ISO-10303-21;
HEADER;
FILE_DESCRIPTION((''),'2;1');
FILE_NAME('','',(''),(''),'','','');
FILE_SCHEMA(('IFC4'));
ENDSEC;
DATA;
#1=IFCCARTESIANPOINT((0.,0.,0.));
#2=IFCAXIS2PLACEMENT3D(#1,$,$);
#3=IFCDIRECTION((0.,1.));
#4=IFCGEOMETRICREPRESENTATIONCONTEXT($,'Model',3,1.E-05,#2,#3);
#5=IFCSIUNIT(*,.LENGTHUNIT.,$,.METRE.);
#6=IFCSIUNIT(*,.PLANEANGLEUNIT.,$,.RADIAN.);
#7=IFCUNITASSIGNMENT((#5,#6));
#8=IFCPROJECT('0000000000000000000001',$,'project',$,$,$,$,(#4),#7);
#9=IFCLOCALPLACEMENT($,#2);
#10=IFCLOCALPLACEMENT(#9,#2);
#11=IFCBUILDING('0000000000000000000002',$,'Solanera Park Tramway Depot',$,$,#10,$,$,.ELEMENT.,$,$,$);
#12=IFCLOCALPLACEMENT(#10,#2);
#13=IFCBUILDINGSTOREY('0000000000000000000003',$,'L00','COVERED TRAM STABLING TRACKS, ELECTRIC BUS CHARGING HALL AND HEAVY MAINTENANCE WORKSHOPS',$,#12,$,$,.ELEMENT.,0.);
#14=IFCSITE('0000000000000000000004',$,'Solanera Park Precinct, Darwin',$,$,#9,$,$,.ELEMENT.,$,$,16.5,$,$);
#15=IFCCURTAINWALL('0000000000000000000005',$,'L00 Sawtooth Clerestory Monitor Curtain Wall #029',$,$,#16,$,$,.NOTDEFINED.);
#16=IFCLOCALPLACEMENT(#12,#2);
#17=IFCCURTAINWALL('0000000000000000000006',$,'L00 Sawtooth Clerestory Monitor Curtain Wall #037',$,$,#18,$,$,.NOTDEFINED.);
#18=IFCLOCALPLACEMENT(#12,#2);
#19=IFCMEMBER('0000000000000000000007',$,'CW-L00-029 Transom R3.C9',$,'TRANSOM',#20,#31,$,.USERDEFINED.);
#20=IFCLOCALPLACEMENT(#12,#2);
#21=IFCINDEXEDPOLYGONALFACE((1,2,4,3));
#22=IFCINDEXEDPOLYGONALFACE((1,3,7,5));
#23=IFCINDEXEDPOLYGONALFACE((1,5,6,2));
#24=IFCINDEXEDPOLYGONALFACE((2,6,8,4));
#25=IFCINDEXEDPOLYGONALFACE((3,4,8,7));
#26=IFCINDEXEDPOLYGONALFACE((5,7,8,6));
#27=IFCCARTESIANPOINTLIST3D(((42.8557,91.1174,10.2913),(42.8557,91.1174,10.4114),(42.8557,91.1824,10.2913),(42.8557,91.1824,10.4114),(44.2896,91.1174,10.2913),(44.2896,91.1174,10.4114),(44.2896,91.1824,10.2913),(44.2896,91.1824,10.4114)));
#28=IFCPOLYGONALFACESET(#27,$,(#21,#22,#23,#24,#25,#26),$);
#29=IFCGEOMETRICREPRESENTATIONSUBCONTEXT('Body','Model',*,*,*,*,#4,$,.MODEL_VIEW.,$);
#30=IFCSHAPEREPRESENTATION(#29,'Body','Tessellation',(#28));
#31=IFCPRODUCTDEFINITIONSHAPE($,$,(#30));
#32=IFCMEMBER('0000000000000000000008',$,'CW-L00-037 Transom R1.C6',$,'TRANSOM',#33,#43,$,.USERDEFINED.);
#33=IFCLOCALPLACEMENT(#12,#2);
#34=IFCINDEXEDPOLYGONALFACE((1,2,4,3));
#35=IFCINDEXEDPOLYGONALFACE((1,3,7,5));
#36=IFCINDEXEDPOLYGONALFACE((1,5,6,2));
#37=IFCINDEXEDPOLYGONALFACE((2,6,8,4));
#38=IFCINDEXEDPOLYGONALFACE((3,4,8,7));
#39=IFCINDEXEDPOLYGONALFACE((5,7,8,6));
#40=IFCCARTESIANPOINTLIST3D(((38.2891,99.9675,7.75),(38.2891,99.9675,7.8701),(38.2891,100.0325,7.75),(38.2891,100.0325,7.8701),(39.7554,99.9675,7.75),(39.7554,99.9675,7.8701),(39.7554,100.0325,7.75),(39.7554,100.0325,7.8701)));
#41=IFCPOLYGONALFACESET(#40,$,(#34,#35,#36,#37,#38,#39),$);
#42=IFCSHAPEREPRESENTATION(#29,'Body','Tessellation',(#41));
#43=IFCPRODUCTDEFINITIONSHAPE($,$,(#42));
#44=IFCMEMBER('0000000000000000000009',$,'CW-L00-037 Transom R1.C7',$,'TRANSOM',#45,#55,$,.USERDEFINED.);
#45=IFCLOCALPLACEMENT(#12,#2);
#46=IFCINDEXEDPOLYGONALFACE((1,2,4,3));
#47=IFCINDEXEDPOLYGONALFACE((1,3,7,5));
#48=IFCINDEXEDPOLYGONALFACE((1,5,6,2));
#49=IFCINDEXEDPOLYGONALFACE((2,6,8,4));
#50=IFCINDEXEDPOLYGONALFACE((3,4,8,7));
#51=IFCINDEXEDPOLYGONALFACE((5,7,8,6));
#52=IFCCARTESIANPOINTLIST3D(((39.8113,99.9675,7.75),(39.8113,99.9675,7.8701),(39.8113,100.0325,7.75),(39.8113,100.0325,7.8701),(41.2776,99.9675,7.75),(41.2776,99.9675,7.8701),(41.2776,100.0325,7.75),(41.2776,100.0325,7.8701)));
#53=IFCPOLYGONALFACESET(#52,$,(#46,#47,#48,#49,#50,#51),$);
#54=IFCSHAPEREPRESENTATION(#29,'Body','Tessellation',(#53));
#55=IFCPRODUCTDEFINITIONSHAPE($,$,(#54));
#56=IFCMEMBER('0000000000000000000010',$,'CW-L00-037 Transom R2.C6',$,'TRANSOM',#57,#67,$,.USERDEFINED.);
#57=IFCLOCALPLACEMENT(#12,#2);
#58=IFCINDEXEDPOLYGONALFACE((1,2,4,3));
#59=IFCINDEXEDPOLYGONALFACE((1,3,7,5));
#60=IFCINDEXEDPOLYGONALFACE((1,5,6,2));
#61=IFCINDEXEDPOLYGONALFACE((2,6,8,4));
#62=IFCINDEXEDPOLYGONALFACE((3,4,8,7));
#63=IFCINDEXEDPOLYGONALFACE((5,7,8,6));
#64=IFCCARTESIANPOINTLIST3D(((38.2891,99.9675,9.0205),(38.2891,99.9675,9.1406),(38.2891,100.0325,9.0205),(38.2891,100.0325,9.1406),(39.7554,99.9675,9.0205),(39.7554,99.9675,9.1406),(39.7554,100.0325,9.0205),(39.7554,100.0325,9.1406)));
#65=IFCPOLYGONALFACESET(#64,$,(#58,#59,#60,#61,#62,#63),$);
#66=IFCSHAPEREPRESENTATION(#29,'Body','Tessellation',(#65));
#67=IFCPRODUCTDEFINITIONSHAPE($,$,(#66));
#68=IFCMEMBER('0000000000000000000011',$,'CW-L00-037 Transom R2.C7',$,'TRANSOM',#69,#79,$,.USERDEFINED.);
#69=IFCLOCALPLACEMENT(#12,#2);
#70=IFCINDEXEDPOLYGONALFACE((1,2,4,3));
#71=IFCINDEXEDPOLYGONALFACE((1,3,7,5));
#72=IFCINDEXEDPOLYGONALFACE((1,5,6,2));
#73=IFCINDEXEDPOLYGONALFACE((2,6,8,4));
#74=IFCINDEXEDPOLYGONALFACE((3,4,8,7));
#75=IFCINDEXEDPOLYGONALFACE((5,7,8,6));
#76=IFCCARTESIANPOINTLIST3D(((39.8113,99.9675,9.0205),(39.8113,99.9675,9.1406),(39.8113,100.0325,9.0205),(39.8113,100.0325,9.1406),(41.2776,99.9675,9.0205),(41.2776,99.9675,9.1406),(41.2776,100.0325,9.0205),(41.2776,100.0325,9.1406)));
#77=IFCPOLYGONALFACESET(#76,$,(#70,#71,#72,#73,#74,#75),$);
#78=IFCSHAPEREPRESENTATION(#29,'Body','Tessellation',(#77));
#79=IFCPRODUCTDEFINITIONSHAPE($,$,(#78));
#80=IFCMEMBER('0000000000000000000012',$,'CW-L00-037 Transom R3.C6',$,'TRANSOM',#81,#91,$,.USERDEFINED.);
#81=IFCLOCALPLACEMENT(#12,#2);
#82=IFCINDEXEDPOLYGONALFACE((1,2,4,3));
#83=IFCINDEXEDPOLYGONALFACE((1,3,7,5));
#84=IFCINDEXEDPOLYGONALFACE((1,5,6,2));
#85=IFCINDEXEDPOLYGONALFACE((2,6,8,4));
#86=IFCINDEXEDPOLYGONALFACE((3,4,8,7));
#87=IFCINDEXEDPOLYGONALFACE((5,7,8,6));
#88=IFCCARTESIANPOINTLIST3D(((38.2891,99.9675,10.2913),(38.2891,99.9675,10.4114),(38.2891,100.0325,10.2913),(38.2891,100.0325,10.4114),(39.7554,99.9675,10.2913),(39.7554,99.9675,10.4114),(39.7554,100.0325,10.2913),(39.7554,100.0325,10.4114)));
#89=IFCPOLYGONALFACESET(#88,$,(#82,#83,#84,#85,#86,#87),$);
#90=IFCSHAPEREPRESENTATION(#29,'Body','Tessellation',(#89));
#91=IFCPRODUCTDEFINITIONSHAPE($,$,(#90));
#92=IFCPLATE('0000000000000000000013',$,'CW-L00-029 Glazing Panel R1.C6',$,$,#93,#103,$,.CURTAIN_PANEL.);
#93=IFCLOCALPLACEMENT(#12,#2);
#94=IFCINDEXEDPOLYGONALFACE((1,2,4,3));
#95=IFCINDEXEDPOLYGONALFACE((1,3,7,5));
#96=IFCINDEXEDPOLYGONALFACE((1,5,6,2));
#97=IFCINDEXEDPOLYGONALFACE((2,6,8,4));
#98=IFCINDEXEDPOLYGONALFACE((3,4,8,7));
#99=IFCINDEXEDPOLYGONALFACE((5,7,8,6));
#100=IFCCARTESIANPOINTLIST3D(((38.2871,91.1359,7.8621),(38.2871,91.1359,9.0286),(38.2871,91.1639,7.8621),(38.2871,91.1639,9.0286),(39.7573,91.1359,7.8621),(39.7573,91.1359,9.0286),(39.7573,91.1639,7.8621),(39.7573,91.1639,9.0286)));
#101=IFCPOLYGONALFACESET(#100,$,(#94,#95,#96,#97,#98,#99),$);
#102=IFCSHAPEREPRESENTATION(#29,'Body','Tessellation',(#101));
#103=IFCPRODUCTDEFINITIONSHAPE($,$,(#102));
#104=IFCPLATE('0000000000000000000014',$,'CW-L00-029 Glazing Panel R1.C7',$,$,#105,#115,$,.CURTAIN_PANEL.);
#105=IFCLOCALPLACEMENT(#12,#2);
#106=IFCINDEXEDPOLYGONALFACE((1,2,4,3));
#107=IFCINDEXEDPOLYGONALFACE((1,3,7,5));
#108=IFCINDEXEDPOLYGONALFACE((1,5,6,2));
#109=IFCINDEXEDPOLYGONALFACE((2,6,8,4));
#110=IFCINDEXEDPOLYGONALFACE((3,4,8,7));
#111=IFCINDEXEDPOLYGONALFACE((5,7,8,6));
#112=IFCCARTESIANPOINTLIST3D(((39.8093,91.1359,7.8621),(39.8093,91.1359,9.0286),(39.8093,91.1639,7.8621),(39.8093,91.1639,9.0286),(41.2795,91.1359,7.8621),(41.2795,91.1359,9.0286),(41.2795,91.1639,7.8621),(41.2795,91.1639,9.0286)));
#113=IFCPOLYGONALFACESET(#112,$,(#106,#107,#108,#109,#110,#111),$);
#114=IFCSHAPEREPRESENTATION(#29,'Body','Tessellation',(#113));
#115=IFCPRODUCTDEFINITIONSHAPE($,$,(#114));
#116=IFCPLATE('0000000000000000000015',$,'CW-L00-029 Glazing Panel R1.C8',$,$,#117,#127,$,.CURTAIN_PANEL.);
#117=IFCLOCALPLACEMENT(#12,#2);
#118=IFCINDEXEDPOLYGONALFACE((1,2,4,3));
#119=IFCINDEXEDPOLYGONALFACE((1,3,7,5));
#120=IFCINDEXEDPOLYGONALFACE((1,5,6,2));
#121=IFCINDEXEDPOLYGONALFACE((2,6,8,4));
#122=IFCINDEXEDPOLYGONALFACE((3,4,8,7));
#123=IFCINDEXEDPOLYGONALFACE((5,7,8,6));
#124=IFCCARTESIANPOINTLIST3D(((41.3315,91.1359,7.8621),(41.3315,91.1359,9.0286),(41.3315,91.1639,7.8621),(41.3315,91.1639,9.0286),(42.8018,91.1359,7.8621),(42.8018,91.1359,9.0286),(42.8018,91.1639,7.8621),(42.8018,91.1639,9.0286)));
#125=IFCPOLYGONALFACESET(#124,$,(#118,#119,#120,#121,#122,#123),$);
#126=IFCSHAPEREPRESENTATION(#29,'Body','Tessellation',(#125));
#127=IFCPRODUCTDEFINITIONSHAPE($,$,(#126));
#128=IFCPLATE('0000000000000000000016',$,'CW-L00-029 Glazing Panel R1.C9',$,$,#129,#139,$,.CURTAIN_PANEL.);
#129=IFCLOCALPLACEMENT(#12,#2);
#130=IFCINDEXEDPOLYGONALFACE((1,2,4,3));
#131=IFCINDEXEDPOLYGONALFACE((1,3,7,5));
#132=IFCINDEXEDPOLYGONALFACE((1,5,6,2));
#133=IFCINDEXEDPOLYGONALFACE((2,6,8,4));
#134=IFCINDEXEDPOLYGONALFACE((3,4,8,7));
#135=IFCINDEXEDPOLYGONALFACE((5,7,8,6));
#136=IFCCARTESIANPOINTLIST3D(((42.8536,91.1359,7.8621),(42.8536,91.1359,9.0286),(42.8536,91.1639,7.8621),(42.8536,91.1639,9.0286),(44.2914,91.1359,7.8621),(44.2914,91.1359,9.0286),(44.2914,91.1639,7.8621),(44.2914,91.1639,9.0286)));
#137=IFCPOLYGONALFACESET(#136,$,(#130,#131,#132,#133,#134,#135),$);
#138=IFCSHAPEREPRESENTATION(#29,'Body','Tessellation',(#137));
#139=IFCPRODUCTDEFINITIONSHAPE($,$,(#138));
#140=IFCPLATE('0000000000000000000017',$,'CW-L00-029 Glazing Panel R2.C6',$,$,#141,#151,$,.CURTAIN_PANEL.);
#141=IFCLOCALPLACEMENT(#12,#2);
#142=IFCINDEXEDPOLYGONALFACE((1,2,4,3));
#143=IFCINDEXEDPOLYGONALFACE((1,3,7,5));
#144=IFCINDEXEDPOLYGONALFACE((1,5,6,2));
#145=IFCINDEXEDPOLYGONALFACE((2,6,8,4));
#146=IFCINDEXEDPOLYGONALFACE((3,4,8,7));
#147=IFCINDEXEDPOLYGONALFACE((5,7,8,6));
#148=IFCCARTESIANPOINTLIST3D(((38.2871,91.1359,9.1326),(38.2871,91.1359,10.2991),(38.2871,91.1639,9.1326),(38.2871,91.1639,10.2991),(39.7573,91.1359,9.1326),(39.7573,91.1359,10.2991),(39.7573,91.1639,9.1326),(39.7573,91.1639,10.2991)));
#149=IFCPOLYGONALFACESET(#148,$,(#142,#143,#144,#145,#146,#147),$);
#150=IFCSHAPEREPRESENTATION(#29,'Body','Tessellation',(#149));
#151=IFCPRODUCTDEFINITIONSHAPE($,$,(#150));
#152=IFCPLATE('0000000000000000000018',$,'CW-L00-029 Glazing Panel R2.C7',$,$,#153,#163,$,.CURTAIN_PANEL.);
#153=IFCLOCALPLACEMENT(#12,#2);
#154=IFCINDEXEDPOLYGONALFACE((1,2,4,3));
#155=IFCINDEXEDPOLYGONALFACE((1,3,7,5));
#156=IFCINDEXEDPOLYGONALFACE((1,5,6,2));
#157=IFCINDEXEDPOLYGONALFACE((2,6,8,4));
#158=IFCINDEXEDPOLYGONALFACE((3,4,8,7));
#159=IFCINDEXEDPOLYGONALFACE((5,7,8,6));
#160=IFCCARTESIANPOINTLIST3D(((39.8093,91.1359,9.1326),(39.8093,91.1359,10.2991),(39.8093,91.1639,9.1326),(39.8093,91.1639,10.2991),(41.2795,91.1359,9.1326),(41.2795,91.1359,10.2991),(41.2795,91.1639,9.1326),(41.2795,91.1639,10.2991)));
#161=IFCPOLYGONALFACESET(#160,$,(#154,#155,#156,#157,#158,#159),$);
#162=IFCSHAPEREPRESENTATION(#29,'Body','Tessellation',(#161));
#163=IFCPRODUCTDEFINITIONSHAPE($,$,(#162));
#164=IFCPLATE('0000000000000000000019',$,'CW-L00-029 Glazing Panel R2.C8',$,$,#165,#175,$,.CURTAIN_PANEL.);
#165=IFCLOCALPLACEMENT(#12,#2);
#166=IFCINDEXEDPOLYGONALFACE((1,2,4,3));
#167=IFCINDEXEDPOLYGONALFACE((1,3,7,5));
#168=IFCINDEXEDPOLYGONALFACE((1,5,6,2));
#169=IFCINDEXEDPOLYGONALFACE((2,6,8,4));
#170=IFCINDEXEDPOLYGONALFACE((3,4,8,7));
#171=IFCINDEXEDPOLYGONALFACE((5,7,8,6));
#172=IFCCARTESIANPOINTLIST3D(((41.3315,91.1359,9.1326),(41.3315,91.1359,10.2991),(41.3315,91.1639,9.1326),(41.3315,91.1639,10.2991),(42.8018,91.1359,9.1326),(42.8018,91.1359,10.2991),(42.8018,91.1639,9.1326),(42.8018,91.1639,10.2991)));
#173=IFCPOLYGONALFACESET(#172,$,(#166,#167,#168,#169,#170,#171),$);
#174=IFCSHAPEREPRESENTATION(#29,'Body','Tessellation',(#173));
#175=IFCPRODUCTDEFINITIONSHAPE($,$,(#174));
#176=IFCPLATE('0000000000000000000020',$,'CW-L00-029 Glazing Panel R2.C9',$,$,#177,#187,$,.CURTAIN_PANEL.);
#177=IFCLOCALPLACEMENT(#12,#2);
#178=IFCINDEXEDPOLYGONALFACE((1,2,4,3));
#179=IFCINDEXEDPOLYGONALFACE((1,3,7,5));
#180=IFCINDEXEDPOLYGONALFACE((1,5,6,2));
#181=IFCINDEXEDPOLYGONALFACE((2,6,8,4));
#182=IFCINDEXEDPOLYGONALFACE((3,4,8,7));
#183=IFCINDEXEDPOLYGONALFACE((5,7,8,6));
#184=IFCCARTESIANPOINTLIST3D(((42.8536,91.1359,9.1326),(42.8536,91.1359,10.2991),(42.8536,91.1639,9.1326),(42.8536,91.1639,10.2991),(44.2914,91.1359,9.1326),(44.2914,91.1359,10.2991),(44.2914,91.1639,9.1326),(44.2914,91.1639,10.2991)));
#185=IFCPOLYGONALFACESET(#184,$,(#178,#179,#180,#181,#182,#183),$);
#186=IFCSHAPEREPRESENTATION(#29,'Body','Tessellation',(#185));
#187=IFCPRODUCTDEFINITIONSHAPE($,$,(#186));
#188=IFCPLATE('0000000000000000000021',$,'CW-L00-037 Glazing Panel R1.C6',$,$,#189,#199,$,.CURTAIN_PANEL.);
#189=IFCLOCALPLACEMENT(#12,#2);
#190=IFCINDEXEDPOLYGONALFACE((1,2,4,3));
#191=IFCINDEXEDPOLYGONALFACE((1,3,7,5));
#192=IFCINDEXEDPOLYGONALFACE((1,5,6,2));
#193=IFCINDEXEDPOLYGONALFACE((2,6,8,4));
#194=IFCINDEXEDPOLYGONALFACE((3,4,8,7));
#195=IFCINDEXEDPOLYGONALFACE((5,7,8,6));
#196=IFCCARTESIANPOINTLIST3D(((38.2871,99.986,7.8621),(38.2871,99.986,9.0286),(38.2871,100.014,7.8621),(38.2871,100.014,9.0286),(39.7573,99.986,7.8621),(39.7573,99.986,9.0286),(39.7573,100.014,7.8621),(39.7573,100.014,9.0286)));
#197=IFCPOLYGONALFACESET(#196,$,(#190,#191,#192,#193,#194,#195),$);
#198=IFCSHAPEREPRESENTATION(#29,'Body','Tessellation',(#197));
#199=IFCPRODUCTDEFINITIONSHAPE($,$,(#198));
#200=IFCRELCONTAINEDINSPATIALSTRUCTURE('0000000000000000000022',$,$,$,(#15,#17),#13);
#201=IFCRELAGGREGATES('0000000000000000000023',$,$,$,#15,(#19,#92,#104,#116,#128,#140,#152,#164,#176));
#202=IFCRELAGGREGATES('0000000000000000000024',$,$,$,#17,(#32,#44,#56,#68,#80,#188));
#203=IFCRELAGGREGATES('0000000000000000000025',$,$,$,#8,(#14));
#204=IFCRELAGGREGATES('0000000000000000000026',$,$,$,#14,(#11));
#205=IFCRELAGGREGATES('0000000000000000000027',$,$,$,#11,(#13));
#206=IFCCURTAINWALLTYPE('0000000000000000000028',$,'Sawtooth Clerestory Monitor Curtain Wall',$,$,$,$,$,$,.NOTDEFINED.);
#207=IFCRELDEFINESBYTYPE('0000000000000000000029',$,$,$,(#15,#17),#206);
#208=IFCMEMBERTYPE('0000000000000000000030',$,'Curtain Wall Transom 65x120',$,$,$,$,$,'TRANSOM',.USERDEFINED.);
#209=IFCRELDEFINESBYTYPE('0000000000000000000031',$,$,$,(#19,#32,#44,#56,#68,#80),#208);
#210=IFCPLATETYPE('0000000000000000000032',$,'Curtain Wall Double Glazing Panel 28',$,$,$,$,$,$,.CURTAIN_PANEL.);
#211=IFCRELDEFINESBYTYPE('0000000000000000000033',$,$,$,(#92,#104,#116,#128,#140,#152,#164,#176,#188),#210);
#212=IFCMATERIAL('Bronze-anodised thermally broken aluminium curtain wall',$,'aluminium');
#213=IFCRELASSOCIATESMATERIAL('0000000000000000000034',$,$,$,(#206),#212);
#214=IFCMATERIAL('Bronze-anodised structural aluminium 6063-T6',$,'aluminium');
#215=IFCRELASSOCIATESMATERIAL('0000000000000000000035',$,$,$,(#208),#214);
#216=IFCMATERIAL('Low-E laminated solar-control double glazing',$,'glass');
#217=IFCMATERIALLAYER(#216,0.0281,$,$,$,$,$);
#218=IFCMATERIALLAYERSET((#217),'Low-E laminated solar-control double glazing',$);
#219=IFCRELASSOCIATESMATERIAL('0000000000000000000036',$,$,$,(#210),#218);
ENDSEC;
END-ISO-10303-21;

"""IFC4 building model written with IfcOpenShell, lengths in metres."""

from ifc_helpers import new_model, si_unit, direction, frame, origin, origin_2d, place, context, subcontext, project, spatial, rectangle, extrude, material, layer, layer_set, material_profile, profile_set, type_object, element, aggregate, save


model = new_model("IFC4")

# Units and contexts
model_context = context("Model", 3, precision=1e-05, world=origin(), true_north=direction((0.0, 1.0)))
body_context = subcontext(model_context, "Body", "Model", "MODEL_VIEW")
ifc_project = project(units=[si_unit("LENGTHUNIT", "METRE"), si_unit("PLANEANGLEUNIT", "RADIAN")], contexts=[model_context])

# Site, building, storey
site_placement = place(None, origin())
site = spatial("IfcSite", under=ifc_project, at=site_placement, Name="Solanera Park Precinct, Darwin", CompositionType="ELEMENT", RefElevation=16.5)
building_placement = place(site_placement, origin())
building = spatial("IfcBuilding", under=site, at=building_placement, Name="Solanera Park Tramway Depot", CompositionType="ELEMENT")
storey_placement = place(building_placement, origin())
storey = spatial("IfcBuildingStorey", under=building, at=storey_placement, Name="L00", Description="COVERED TRAM STABLING TRACKS, ELECTRIC BUS CHARGING HALL AND HEAVY MAINTENANCE WORKSHOPS", CompositionType="ELEMENT", Elevation=0.0)

# Curtain wall
ifc_material_1 = material(Name="Bronze-anodised thermally broken aluminium curtain wall", Category="aluminium")
curtain_wall_type = type_object("IfcCurtainWallType", Name="Sawtooth Clerestory Monitor Curtain Wall", PredefinedType="NOTDEFINED", material=ifc_material_1)
curtain_wall_1_placement = place(storey_placement, origin())
curtain_wall_1 = element("IfcCurtainWall", 1, at=curtain_wall_1_placement, inside=storey, type_object=curtain_wall_type, Name="L00 Sawtooth Clerestory Monitor Curtain Wall #029", PredefinedType="NOTDEFINED")

# Curtain wall
curtain_wall_2_placement = place(storey_placement, origin())
curtain_wall_2 = element("IfcCurtainWall", 2, at=curtain_wall_2_placement, inside=storey, type_object=curtain_wall_type, Name="L00 Sawtooth Clerestory Monitor Curtain Wall #037", PredefinedType="NOTDEFINED")

# Members
ifc_material_2 = material(Name="Bronze-anodised structural aluminium 6063-T6", Category="aluminium")
ifc_material_profile_1 = material_profile(ifc_material_2, rectangle(XDim=0.0649, YDim=0.1201, at=origin_2d()), Name="Curtain Wall Transom 65x120")
ifc_profile_set_1 = profile_set([ifc_material_profile_1], Name="Bronze-anodised structural aluminium 6063-T6")
member_type_1 = type_object("IfcMemberType", Name="Curtain Wall Transom 65x120", ElementType="TRANSOM", PredefinedType="USERDEFINED", material=ifc_profile_set_1)
member_1_placement = place(storey_placement, frame((42.8557, 91.1499, 10.3513), z_axis=(1.0, 0.0, 0.0), x_axis=(0.0, 1.0, 0.0)))
member_1 = element("IfcMember", 3, at=member_1_placement, type_object=member_type_1, Name="CW-L00-029 Transom R3.C9", ObjectType="TRANSOM", PredefinedType="USERDEFINED", context=body_context, shape_type="SweptSolid", body=[
    extrude(rectangle(XDim=0.0649, YDim=0.1201, at=origin_2d()), origin(), (0.0, 0.0, 1.0), 1.4338),
])
member_2_placement = place(storey_placement, frame((38.2891, 100.0, 7.8101), z_axis=(1.0, 0.0, 0.0), x_axis=(0.0, 1.0, 0.0)))
member_2 = element("IfcMember", 4, at=member_2_placement, type_object=member_type_1, Name="CW-L00-037 Transom R1.C6", ObjectType="TRANSOM", PredefinedType="USERDEFINED", context=body_context, shape_type="SweptSolid", body=[
    extrude(rectangle(XDim=0.0649, YDim=0.1201, at=origin_2d()), origin(), (0.0, 0.0, 1.0), 1.4663),
])
member_3_placement = place(storey_placement, frame((39.8113, 100.0, 7.8101), z_axis=(1.0, 0.0, 0.0), x_axis=(0.0, 1.0, 0.0)))
member_3 = element("IfcMember", 5, at=member_3_placement, type_object=member_type_1, Name="CW-L00-037 Transom R1.C7", ObjectType="TRANSOM", PredefinedType="USERDEFINED", context=body_context, shape_type="SweptSolid", body=[
    extrude(rectangle(XDim=0.0649, YDim=0.1201, at=origin_2d()), origin(), (0.0, 0.0, 1.0), 1.4663),
])
member_4_placement = place(storey_placement, frame((38.2891, 100.0, 9.0806), z_axis=(1.0, 0.0, 0.0), x_axis=(0.0, 1.0, 0.0)))
member_4 = element("IfcMember", 6, at=member_4_placement, type_object=member_type_1, Name="CW-L00-037 Transom R2.C6", ObjectType="TRANSOM", PredefinedType="USERDEFINED", context=body_context, shape_type="SweptSolid", body=[
    extrude(rectangle(XDim=0.0649, YDim=0.1201, at=origin_2d()), origin(), (0.0, 0.0, 1.0), 1.4663),
])
member_5_placement = place(storey_placement, frame((39.8113, 100.0, 9.0806), z_axis=(1.0, 0.0, 0.0), x_axis=(0.0, 1.0, 0.0)))
member_5 = element("IfcMember", 7, at=member_5_placement, type_object=member_type_1, Name="CW-L00-037 Transom R2.C7", ObjectType="TRANSOM", PredefinedType="USERDEFINED", context=body_context, shape_type="SweptSolid", body=[
    extrude(rectangle(XDim=0.0649, YDim=0.1201, at=origin_2d()), origin(), (0.0, 0.0, 1.0), 1.4663),
])
member_6_placement = place(storey_placement, frame((38.2891, 100.0, 10.3513), z_axis=(1.0, 0.0, 0.0), x_axis=(0.0, 1.0, 0.0)))
member_6 = element("IfcMember", 8, at=member_6_placement, type_object=member_type_1, Name="CW-L00-037 Transom R3.C6", ObjectType="TRANSOM", PredefinedType="USERDEFINED", context=body_context, shape_type="SweptSolid", body=[
    extrude(rectangle(XDim=0.0649, YDim=0.1201, at=origin_2d()), origin(), (0.0, 0.0, 1.0), 1.4663),
])

# Plates
ifc_material_3 = material(Name="Low-E laminated solar-control double glazing", Category="glass")
ifc_layer_1 = layer(ifc_material_3, 0.0281)
ifc_layer_set_1 = layer_set([ifc_layer_1], Name="Low-E laminated solar-control double glazing")
plate_type_1 = type_object("IfcPlateType", Name="Curtain Wall Double Glazing Panel 28", PredefinedType="CURTAIN_PANEL", material=ifc_layer_set_1)
plate_1_placement = place(storey_placement, frame((39.0222, 91.1499, 7.8621), z_axis=(0.0, 0.0, 1.0), x_axis=(1.0, 0.0, 0.0)))
plate_1 = element("IfcPlate", 9, at=plate_1_placement, type_object=plate_type_1, Name="CW-L00-029 Glazing Panel R1.C6", PredefinedType="CURTAIN_PANEL", context=body_context, shape_type="SweptSolid", body=[
    extrude(rectangle(XDim=1.4702, YDim=0.0281, at=origin_2d()), origin(), (0.0, 0.0, 1.0), 1.1665),
])
plate_2_placement = place(storey_placement, frame((40.5444, 91.1499, 7.8621), z_axis=(0.0, 0.0, 1.0), x_axis=(1.0, 0.0, 0.0)))
plate_2 = element("IfcPlate", 10, at=plate_2_placement, type_object=plate_type_1, Name="CW-L00-029 Glazing Panel R1.C7", PredefinedType="CURTAIN_PANEL", context=body_context, shape_type="SweptSolid", body=[
    extrude(rectangle(XDim=1.4702, YDim=0.0281, at=origin_2d()), origin(), (0.0, 0.0, 1.0), 1.1665),
])
plate_3_placement = place(storey_placement, frame((42.0667, 91.1499, 7.8621), z_axis=(0.0, 0.0, 1.0), x_axis=(1.0, 0.0, 0.0)))
plate_3 = element("IfcPlate", 11, at=plate_3_placement, type_object=plate_type_1, Name="CW-L00-029 Glazing Panel R1.C8", PredefinedType="CURTAIN_PANEL", context=body_context, shape_type="SweptSolid", body=[
    extrude(rectangle(XDim=1.4702, YDim=0.0281, at=origin_2d()), origin(), (0.0, 0.0, 1.0), 1.1665),
])
plate_4_placement = place(storey_placement, frame((43.5725, 91.1499, 7.8621), z_axis=(0.0, 0.0, 1.0), x_axis=(1.0, 0.0, 0.0)))
plate_4 = element("IfcPlate", 12, at=plate_4_placement, type_object=plate_type_1, Name="CW-L00-029 Glazing Panel R1.C9", PredefinedType="CURTAIN_PANEL", context=body_context, shape_type="SweptSolid", body=[
    extrude(rectangle(XDim=1.4377, YDim=0.0281, at=origin_2d()), origin(), (0.0, 0.0, 1.0), 1.1665),
])
plate_5_placement = place(storey_placement, frame((39.0222, 91.1499, 9.1326), z_axis=(0.0, 0.0, 1.0), x_axis=(1.0, 0.0, 0.0)))
plate_5 = element("IfcPlate", 13, at=plate_5_placement, type_object=plate_type_1, Name="CW-L00-029 Glazing Panel R2.C6", PredefinedType="CURTAIN_PANEL", context=body_context, shape_type="SweptSolid", body=[
    extrude(rectangle(XDim=1.4702, YDim=0.0281, at=origin_2d()), origin(), (0.0, 0.0, 1.0), 1.1665),
])
plate_6_placement = place(storey_placement, frame((40.5444, 91.1499, 9.1326), z_axis=(0.0, 0.0, 1.0), x_axis=(1.0, 0.0, 0.0)))
plate_6 = element("IfcPlate", 14, at=plate_6_placement, type_object=plate_type_1, Name="CW-L00-029 Glazing Panel R2.C7", PredefinedType="CURTAIN_PANEL", context=body_context, shape_type="SweptSolid", body=[
    extrude(rectangle(XDim=1.4702, YDim=0.0281, at=origin_2d()), origin(), (0.0, 0.0, 1.0), 1.1665),
])
plate_7_placement = place(storey_placement, frame((42.0667, 91.1499, 9.1326), z_axis=(0.0, 0.0, 1.0), x_axis=(1.0, 0.0, 0.0)))
plate_7 = element("IfcPlate", 15, at=plate_7_placement, type_object=plate_type_1, Name="CW-L00-029 Glazing Panel R2.C8", PredefinedType="CURTAIN_PANEL", context=body_context, shape_type="SweptSolid", body=[
    extrude(rectangle(XDim=1.4702, YDim=0.0281, at=origin_2d()), origin(), (0.0, 0.0, 1.0), 1.1665),
])
plate_8_placement = place(storey_placement, frame((43.5725, 91.1499, 9.1326), z_axis=(0.0, 0.0, 1.0), x_axis=(1.0, 0.0, 0.0)))
plate_8 = element("IfcPlate", 16, at=plate_8_placement, type_object=plate_type_1, Name="CW-L00-029 Glazing Panel R2.C9", PredefinedType="CURTAIN_PANEL", context=body_context, shape_type="SweptSolid", body=[
    extrude(rectangle(XDim=1.4377, YDim=0.0281, at=origin_2d()), origin(), (0.0, 0.0, 1.0), 1.1665),
])
aggregate(curtain_wall_1, [member_1, plate_1, plate_2, plate_3, plate_4, plate_5, plate_6, plate_7, plate_8])
plate_9_placement = place(storey_placement, frame((39.0222, 100.0, 7.8621), z_axis=(0.0, 0.0, 1.0), x_axis=(1.0, 0.0, 0.0)))
plate_9 = element("IfcPlate", 17, at=plate_9_placement, type_object=plate_type_1, Name="CW-L00-037 Glazing Panel R1.C6", PredefinedType="CURTAIN_PANEL", context=body_context, shape_type="SweptSolid", body=[
    extrude(rectangle(XDim=1.4702, YDim=0.0281, at=origin_2d()), origin(), (0.0, 0.0, 1.0), 1.1665),
])
aggregate(curtain_wall_2, [member_2, member_3, member_4, member_5, member_6, plate_9])

save(model, "model.ifc")
